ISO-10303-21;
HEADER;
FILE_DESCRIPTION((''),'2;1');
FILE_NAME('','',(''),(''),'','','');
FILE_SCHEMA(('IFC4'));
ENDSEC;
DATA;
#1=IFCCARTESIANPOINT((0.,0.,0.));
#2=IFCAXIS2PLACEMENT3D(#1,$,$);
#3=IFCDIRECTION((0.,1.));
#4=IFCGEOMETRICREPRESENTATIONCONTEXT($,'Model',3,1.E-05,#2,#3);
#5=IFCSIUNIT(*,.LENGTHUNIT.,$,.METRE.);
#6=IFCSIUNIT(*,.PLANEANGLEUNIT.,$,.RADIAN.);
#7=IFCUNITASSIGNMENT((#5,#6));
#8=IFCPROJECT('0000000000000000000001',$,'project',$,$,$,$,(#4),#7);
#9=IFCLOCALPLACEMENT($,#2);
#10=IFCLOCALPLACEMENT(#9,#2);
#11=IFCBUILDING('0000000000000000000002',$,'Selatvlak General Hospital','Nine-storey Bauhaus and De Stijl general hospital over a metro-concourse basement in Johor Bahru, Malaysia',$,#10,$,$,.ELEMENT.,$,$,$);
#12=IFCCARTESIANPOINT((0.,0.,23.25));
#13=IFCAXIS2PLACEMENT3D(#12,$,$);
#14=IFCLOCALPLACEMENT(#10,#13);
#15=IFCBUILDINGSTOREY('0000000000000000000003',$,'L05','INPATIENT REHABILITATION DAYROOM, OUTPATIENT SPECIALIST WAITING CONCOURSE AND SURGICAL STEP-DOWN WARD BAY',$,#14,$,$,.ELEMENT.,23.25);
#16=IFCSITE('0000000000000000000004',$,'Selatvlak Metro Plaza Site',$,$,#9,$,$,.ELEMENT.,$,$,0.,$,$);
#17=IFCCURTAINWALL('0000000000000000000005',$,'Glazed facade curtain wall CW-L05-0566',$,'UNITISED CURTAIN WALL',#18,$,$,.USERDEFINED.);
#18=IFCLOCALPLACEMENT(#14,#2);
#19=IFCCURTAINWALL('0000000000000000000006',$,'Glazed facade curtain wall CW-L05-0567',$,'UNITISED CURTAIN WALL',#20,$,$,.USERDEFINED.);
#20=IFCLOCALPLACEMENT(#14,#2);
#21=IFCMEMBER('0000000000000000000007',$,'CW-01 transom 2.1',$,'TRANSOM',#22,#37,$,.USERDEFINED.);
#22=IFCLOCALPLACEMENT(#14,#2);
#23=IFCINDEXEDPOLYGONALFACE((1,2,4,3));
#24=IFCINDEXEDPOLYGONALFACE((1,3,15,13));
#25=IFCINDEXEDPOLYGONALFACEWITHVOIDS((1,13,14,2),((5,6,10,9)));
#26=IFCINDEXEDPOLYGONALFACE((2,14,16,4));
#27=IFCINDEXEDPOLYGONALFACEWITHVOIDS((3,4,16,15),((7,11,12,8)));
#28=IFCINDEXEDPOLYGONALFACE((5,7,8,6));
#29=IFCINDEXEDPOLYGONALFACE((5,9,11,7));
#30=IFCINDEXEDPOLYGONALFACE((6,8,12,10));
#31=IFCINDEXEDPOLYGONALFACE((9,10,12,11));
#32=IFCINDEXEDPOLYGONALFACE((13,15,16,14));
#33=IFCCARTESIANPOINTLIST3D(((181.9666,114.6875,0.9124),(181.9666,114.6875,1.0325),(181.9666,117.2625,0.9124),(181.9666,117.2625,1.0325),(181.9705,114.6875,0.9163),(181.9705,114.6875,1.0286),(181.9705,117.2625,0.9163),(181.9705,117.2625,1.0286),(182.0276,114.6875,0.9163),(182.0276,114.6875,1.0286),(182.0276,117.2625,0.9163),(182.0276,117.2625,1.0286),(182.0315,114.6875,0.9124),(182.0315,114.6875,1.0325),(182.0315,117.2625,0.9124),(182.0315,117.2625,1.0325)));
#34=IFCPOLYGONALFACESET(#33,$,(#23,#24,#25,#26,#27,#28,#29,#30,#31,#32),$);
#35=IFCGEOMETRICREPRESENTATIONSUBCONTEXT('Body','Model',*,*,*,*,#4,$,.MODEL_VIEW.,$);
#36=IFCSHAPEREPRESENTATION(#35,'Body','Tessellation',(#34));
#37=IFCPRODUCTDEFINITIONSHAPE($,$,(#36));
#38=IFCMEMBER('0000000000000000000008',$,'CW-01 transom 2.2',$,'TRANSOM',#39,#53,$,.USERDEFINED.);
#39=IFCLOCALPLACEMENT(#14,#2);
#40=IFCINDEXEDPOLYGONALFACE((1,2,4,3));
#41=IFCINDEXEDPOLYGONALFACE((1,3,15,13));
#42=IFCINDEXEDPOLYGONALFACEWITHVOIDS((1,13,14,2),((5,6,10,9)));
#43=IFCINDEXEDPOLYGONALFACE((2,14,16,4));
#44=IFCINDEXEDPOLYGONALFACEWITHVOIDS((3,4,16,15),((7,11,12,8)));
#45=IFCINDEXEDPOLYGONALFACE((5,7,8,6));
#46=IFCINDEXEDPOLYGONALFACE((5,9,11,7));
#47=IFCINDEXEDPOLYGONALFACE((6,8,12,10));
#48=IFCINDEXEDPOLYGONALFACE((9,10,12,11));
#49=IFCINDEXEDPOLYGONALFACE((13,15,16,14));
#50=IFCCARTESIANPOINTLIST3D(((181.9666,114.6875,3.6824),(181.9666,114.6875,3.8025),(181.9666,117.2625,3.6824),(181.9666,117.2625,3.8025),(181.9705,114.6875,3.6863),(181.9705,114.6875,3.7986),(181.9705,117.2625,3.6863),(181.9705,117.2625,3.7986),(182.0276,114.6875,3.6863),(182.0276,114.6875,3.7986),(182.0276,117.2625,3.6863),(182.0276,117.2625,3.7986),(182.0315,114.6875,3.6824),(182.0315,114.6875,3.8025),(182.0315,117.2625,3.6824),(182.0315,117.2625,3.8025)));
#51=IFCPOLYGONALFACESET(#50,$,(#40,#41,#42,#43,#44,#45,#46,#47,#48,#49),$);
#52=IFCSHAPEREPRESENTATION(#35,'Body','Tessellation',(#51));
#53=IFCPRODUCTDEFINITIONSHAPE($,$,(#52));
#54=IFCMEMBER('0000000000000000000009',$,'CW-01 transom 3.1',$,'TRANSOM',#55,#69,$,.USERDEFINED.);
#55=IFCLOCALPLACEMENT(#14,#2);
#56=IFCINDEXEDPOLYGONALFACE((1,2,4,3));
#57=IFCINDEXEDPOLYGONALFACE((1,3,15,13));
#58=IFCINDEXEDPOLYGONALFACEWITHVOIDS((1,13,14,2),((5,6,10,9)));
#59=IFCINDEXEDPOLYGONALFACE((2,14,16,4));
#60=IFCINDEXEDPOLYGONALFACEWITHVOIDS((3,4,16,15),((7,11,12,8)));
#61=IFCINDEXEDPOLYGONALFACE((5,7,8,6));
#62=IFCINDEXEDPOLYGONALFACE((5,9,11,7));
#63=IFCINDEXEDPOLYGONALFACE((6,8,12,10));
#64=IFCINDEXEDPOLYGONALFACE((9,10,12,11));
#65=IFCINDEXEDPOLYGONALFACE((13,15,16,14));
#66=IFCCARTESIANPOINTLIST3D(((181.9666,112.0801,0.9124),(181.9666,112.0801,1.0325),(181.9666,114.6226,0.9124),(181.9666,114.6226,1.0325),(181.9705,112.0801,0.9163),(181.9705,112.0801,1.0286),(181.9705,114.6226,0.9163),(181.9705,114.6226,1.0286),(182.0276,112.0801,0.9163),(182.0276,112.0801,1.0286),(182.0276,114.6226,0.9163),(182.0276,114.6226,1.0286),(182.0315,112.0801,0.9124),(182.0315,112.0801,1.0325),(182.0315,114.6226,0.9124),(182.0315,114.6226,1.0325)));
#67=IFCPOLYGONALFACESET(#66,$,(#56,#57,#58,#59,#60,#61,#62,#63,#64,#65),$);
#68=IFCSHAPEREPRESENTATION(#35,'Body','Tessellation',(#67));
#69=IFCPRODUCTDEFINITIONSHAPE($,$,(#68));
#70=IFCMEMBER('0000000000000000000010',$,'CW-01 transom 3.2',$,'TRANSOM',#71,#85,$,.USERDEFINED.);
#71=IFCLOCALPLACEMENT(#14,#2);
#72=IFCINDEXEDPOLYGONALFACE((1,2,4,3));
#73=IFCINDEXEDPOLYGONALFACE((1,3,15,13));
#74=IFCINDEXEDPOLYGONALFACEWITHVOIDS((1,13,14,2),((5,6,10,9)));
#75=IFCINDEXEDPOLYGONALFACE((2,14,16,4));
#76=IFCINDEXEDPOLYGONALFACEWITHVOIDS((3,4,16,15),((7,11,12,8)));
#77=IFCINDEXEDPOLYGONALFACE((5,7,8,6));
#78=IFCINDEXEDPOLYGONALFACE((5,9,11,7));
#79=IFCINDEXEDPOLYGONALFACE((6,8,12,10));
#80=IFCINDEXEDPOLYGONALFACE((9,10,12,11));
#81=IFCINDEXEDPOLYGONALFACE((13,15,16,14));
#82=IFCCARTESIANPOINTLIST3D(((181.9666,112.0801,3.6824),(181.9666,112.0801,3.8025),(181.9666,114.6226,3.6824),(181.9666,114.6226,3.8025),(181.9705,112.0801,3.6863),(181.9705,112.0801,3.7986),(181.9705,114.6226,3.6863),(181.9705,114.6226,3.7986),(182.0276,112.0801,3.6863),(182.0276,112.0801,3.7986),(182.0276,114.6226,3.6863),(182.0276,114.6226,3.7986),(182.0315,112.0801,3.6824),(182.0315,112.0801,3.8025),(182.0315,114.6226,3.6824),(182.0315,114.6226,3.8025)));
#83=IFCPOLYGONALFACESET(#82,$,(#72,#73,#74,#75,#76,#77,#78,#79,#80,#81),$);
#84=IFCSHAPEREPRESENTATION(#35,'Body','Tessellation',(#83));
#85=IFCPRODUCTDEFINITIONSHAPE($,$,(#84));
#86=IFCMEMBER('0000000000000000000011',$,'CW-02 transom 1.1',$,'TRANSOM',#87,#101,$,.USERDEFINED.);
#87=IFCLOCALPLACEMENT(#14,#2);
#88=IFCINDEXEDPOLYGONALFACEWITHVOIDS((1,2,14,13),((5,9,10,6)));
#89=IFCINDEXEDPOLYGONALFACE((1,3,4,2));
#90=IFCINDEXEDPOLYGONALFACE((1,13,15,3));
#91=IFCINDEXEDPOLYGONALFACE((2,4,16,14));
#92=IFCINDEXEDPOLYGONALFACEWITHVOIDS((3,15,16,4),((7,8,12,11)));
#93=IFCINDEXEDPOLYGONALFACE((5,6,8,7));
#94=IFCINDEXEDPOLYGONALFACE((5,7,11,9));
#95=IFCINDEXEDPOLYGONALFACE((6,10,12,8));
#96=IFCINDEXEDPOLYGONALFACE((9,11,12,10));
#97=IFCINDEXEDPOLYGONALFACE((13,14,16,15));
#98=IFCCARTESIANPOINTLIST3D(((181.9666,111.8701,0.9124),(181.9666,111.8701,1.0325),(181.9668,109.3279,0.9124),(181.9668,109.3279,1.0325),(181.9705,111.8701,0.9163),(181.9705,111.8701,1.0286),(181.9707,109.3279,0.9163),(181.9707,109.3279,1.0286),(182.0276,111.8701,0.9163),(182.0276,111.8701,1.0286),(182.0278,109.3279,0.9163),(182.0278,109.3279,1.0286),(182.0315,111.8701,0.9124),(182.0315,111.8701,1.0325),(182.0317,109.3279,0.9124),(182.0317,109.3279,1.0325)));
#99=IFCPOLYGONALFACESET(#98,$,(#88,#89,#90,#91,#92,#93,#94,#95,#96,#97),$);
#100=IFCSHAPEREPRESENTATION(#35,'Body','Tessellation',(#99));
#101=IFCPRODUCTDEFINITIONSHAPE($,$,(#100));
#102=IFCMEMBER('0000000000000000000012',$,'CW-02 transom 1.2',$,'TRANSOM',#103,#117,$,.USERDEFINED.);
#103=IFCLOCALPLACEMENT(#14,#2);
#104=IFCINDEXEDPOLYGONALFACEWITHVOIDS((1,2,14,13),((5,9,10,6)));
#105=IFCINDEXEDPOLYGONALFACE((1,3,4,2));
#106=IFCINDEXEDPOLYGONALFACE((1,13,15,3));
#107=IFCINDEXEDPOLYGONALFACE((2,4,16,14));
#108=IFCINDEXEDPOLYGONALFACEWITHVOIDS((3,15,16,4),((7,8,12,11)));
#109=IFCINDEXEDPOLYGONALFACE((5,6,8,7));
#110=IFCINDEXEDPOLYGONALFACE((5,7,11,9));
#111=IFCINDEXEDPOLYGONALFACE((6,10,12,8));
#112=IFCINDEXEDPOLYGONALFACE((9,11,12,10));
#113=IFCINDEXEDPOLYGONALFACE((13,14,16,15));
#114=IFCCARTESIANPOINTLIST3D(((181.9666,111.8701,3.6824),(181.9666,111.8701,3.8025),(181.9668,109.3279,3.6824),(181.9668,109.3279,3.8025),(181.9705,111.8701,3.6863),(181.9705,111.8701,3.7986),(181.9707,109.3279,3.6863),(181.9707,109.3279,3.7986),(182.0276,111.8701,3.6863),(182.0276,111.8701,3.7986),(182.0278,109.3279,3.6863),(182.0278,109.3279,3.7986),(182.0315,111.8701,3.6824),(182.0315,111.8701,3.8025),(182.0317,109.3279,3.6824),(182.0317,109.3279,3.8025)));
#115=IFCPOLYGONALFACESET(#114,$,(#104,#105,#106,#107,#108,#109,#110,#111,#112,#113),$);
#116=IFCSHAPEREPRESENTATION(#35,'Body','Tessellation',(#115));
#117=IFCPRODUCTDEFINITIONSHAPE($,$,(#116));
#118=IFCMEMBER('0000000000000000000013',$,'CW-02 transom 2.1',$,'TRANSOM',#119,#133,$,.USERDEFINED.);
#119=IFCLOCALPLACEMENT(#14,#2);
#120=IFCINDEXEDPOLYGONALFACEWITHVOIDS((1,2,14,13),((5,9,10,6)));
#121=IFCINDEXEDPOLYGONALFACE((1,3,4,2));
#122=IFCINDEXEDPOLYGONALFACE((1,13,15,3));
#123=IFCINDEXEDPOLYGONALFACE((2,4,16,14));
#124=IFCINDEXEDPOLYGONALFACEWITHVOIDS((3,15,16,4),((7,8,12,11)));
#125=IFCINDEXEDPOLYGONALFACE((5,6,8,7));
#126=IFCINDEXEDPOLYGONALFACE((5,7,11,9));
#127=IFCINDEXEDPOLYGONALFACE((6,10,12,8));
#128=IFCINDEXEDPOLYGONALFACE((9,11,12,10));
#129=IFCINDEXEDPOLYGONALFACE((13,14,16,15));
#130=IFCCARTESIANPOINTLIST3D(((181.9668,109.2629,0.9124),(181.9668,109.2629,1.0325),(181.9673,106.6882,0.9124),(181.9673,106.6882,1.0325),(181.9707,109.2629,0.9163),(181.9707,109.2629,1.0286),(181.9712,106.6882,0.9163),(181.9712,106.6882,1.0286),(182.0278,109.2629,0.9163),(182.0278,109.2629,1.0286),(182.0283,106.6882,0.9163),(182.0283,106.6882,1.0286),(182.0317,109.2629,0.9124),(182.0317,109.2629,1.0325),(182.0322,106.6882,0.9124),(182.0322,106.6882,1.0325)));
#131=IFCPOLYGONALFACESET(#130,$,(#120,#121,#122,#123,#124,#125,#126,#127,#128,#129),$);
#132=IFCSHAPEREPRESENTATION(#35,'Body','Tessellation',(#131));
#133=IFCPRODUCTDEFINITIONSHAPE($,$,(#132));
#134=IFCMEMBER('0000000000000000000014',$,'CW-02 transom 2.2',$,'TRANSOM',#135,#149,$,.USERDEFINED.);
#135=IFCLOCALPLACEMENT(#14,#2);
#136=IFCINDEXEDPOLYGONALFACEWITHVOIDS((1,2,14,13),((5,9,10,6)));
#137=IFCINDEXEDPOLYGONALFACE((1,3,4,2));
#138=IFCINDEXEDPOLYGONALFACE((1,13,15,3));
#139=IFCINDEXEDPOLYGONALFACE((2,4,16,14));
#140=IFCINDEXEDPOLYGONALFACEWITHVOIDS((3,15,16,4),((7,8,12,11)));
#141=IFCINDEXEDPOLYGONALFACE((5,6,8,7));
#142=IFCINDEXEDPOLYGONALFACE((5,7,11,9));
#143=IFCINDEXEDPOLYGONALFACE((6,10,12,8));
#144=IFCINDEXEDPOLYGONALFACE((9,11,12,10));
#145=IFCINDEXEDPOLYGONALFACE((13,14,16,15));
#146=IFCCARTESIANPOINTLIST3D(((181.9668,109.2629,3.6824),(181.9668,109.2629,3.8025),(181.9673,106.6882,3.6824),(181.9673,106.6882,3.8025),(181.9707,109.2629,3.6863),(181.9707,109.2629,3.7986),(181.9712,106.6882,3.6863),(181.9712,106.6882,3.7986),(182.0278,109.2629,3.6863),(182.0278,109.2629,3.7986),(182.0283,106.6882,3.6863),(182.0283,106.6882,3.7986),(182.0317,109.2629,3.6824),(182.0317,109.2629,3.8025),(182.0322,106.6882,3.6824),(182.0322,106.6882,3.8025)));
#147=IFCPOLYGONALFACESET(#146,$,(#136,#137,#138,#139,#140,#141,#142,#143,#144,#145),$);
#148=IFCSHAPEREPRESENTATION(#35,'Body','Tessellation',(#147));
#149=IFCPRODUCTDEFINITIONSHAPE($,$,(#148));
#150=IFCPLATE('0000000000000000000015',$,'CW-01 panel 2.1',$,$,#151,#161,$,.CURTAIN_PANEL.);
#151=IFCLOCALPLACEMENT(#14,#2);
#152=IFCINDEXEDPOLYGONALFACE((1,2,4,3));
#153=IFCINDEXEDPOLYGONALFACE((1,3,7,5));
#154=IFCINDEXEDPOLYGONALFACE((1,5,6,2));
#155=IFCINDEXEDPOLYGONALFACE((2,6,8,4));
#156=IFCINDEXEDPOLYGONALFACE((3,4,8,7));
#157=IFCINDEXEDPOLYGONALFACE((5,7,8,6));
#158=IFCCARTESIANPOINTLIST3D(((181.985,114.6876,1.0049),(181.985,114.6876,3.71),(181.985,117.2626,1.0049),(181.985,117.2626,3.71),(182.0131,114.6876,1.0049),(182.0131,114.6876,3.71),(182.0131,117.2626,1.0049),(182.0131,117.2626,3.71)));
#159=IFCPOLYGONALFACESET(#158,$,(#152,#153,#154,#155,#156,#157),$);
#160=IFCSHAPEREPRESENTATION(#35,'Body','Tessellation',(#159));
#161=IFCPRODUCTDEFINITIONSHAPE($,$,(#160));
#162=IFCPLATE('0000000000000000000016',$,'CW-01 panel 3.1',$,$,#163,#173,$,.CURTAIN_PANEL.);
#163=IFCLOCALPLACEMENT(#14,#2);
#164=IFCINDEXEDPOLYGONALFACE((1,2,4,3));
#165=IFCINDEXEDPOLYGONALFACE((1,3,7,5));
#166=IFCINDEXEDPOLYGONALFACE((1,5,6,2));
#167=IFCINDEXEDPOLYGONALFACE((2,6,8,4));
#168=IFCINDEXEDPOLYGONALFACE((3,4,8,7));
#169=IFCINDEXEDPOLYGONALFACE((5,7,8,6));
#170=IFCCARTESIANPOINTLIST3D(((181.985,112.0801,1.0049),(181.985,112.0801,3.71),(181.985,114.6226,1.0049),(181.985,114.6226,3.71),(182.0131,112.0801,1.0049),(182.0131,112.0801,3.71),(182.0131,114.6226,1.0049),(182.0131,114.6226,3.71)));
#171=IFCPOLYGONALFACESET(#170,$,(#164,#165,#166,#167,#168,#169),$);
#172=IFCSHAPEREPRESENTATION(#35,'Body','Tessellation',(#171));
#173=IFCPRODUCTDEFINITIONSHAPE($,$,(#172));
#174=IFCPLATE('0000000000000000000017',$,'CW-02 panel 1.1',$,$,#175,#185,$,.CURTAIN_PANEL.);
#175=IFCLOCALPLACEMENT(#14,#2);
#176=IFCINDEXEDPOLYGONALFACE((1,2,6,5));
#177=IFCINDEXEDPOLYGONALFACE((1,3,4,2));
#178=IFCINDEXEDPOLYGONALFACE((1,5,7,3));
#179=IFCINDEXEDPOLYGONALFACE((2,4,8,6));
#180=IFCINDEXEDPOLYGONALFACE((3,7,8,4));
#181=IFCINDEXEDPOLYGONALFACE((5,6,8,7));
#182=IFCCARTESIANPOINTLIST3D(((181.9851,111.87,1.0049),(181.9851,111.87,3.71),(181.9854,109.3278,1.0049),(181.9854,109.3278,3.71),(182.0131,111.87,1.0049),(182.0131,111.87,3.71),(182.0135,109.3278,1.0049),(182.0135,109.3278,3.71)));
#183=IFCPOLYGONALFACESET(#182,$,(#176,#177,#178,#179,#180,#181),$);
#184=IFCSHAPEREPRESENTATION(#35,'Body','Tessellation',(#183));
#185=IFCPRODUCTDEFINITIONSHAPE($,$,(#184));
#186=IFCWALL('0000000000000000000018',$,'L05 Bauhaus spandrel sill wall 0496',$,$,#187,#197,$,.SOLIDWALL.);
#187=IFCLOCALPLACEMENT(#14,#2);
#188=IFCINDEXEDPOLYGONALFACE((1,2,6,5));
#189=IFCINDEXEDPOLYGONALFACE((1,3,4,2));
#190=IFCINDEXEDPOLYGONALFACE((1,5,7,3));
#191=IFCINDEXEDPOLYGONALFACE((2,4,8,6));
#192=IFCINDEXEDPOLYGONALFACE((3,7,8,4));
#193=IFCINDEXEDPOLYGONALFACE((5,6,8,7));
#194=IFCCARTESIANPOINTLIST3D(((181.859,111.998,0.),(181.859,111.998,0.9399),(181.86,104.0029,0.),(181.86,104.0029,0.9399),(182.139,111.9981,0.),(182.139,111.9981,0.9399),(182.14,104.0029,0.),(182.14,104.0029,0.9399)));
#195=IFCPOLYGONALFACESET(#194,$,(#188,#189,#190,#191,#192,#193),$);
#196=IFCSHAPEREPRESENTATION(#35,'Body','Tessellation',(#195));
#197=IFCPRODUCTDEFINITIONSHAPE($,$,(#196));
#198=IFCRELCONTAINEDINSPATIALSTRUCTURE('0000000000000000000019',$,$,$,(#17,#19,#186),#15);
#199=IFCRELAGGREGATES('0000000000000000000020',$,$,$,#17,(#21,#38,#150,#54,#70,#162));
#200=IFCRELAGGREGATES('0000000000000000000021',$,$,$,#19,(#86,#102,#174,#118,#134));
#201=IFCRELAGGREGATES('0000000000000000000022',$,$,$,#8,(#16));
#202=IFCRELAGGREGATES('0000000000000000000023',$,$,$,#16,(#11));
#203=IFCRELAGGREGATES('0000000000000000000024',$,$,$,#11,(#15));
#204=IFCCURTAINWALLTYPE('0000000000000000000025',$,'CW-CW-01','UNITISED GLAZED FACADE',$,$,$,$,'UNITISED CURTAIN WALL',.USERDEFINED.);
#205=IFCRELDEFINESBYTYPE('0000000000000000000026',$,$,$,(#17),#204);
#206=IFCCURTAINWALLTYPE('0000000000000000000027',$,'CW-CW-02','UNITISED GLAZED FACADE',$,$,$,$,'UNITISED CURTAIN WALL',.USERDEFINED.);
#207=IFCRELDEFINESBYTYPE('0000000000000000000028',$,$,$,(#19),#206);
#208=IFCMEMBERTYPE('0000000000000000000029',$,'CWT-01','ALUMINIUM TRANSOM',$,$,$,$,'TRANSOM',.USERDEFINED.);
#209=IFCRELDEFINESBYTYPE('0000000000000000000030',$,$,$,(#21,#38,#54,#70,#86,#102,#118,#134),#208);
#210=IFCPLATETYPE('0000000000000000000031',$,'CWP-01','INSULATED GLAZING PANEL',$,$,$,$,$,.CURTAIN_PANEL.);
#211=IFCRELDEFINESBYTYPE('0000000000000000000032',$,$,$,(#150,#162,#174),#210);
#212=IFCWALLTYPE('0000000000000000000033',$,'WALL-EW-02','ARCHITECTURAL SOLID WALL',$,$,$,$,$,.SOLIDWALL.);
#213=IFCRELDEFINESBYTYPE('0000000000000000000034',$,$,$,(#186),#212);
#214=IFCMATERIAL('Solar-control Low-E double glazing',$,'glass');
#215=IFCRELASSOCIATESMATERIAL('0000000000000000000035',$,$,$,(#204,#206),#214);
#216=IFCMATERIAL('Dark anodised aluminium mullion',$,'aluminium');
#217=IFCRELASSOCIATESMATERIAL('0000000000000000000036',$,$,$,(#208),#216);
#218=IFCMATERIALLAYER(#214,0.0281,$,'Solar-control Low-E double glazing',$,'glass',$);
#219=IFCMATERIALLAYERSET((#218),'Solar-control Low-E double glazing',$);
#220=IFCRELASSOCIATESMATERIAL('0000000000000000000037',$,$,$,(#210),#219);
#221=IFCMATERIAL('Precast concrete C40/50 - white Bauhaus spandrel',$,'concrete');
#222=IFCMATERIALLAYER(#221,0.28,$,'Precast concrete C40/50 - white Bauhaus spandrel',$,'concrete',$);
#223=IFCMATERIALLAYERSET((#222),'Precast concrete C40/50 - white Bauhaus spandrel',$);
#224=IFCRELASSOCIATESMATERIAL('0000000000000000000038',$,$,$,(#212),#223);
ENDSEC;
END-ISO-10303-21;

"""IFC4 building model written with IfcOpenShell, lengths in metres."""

from ifc_helpers import new_model, si_unit, direction, frame, frame_2d, origin, origin_2d, place, context, subcontext, project, spatial, rectangle, hollow_rectangle, extrude, material, layer, layer_set, material_profile, profile_set, type_object, element, aggregate, save


model = new_model("IFC4")

# Units and contexts
model_context = context("Model", 3, precision=1e-05, world=origin(), true_north=direction((0.0, 1.0)))
body_context = subcontext(model_context, "Body", "Model", "MODEL_VIEW")
ifc_project = project(units=[si_unit("LENGTHUNIT", "METRE"), si_unit("PLANEANGLEUNIT", "RADIAN")], contexts=[model_context])

# Site, building, storey
site_placement = place(None, origin())
site = spatial("IfcSite", under=ifc_project, at=site_placement, Name="Selatvlak Metro Plaza Site", CompositionType="ELEMENT", RefElevation=0.0)
building_placement = place(site_placement, origin())
building = spatial("IfcBuilding", under=site, at=building_placement, Name="Selatvlak General Hospital", Description="Nine-storey Bauhaus and De Stijl general hospital over a metro-concourse basement in Johor Bahru, Malaysia", CompositionType="ELEMENT")
storey_placement = place(building_placement, frame((0.0, 0.0, 23.25)))
storey = spatial("IfcBuildingStorey", under=building, at=storey_placement, Name="L05", Description="INPATIENT REHABILITATION DAYROOM, OUTPATIENT SPECIALIST WAITING CONCOURSE AND SURGICAL STEP-DOWN WARD BAY", CompositionType="ELEMENT", Elevation=23.25)

# Curtain walls
ifc_material_1 = material(Name="Solar-control Low-E double glazing", Category="glass")
curtain_wall_type_1 = type_object("IfcCurtainWallType", Name="CW-CW-01", Description="UNITISED GLAZED FACADE", ElementType="UNITISED CURTAIN WALL", PredefinedType="USERDEFINED", material=ifc_material_1)
curtain_wall_1_placement = place(storey_placement, origin())
curtain_wall_1 = element("IfcCurtainWall", 1, at=curtain_wall_1_placement, inside=storey, type_object=curtain_wall_type_1, Name="Glazed facade curtain wall CW-L05-0566", ObjectType="UNITISED CURTAIN WALL", PredefinedType="USERDEFINED")
ifc_material_2 = material(Name="Dark anodised aluminium mullion", Category="aluminium")
curtain_wall_type_2 = type_object("IfcCurtainWallType", Name="CW-CW-02", Description="UNITISED GLAZED FACADE", ElementType="UNITISED CURTAIN WALL", PredefinedType="USERDEFINED", material=ifc_material_1)
curtain_wall_2_placement = place(storey_placement, origin())
curtain_wall_2 = element("IfcCurtainWall", 2, at=curtain_wall_2_placement, inside=storey, type_object=curtain_wall_type_2, Name="Glazed facade curtain wall CW-L05-0567", ObjectType="UNITISED CURTAIN WALL", PredefinedType="USERDEFINED")

# Members
ifc_material_profile_1 = material_profile(ifc_material_2, hollow_rectangle(XDim=0.0649, YDim=0.1201, WallThickness=0.0039, at=origin_2d()), Name="AL-TRN 65x120x4")
ifc_profile_set_1 = profile_set([ifc_material_profile_1], Name="Dark anodised aluminium mullion")
member_type_1 = type_object("IfcMemberType", Name="CWT-01", Description="ALUMINIUM TRANSOM", ElementType="TRANSOM", PredefinedType="USERDEFINED", material=ifc_profile_set_1)
member_1_placement = place(storey_placement, frame((181.999, 117.2625, 0.9724), z_axis=(0.0, -1.0, 0.0), x_axis=(1.0, 0.0, 0.0)))
member_1 = element("IfcMember", 3, at=member_1_placement, type_object=member_type_1, Name="CW-01 transom 2.1", ObjectType="TRANSOM", PredefinedType="USERDEFINED", context=body_context, shape_type="SweptSolid", body=[
    extrude(hollow_rectangle(XDim=0.0649, YDim=0.1201, WallThickness=0.0039, at=origin_2d()), origin(), (0.0, 0.0, 1.0), 2.575),
])
member_2_placement = place(storey_placement, frame((181.999, 117.2625, 3.7424), z_axis=(0.0, -1.0, 0.0), x_axis=(1.0, 0.0, 0.0)))
member_2 = element("IfcMember", 4, at=member_2_placement, type_object=member_type_1, Name="CW-01 transom 2.2", ObjectType="TRANSOM", PredefinedType="USERDEFINED", context=body_context, shape_type="SweptSolid", body=[
    extrude(hollow_rectangle(XDim=0.0649, YDim=0.1201, WallThickness=0.0039, at=origin_2d()), origin(), (0.0, 0.0, 1.0), 2.575),
])
member_3_placement = place(storey_placement, frame((181.999, 114.6226, 0.9724), z_axis=(0.0, -1.0, 0.0), x_axis=(1.0, 0.0, 0.0)))
member_3 = element("IfcMember", 5, at=member_3_placement, type_object=member_type_1, Name="CW-01 transom 3.1", ObjectType="TRANSOM", PredefinedType="USERDEFINED", context=body_context, shape_type="SweptSolid", body=[
    extrude(hollow_rectangle(XDim=0.0649, YDim=0.1201, WallThickness=0.0039, at=origin_2d()), origin(), (0.0, 0.0, 1.0), 2.5425),
])
member_4_placement = place(storey_placement, frame((181.999, 114.6226, 3.7424), z_axis=(0.0, -1.0, 0.0), x_axis=(1.0, 0.0, 0.0)))
member_4 = element("IfcMember", 6, at=member_4_placement, type_object=member_type_1, Name="CW-01 transom 3.2", ObjectType="TRANSOM", PredefinedType="USERDEFINED", context=body_context, shape_type="SweptSolid", body=[
    extrude(hollow_rectangle(XDim=0.0649, YDim=0.1201, WallThickness=0.0039, at=origin_2d()), origin(), (0.0, 0.0, 1.0), 2.5425),
])
member_5_placement = place(storey_placement, frame((181.999, 111.8701, 0.9724), z_axis=(0.000096, -1.0, 0.0), x_axis=(1.0, 0.000096, 0.0)))
member_5 = element("IfcMember", 7, at=member_5_placement, type_object=member_type_1, Name="CW-02 transom 1.1", ObjectType="TRANSOM", PredefinedType="USERDEFINED", context=body_context, shape_type="SweptSolid", body=[
    extrude(hollow_rectangle(XDim=0.0649, YDim=0.1201, WallThickness=0.0039, at=origin_2d()), origin(), (0.0, 0.0, 1.0), 2.5422),
])
member_6_placement = place(storey_placement, frame((181.999, 111.8701, 3.7424), z_axis=(0.000096, -1.0, 0.0), x_axis=(1.0, 0.000096, 0.0)))
member_6 = element("IfcMember", 8, at=member_6_placement, type_object=member_type_1, Name="CW-02 transom 1.2", ObjectType="TRANSOM", PredefinedType="USERDEFINED", context=body_context, shape_type="SweptSolid", body=[
    extrude(hollow_rectangle(XDim=0.0649, YDim=0.1201, WallThickness=0.0039, at=origin_2d()), origin(), (0.0, 0.0, 1.0), 2.5422),
])
member_7_placement = place(storey_placement, frame((181.9993, 109.2629, 0.9724), z_axis=(0.00019, -1.0, 0.0), x_axis=(1.0, 0.00019, 0.0)))
member_7 = element("IfcMember", 9, at=member_7_placement, type_object=member_type_1, Name="CW-02 transom 2.1", ObjectType="TRANSOM", PredefinedType="USERDEFINED", context=body_context, shape_type="SweptSolid", body=[
    extrude(hollow_rectangle(XDim=0.0649, YDim=0.1201, WallThickness=0.0039, at=origin_2d()), origin(), (0.0, 0.0, 1.0), 2.5747),
])
member_8_placement = place(storey_placement, frame((181.9993, 109.2629, 3.7424), z_axis=(0.00019, -1.0, 0.0), x_axis=(1.0, 0.00019, 0.0)))
member_8 = element("IfcMember", 10, at=member_8_placement, type_object=member_type_1, Name="CW-02 transom 2.2", ObjectType="TRANSOM", PredefinedType="USERDEFINED", context=body_context, shape_type="SweptSolid", body=[
    extrude(hollow_rectangle(XDim=0.0649, YDim=0.1201, WallThickness=0.0039, at=origin_2d()), origin(), (0.0, 0.0, 1.0), 2.5747),
])

# Plates
ifc_layer_1 = layer(ifc_material_1, 0.0281, Name="Solar-control Low-E double glazing", Category="glass")
ifc_layer_set_1 = layer_set([ifc_layer_1], Name="Solar-control Low-E double glazing")
plate_type = type_object("IfcPlateType", Name="CWP-01", Description="INSULATED GLAZING PANEL", PredefinedType="CURTAIN_PANEL", material=ifc_layer_set_1)
plate_1_placement = place(storey_placement, frame((181.999, 115.9751, 1.0049), z_axis=(0.0, 0.0, 1.0), x_axis=(0.0, -1.0, 0.0)))
plate_1 = element("IfcPlate", 11, at=plate_1_placement, type_object=plate_type, Name="CW-01 panel 2.1", PredefinedType="CURTAIN_PANEL", context=body_context, shape_type="SweptSolid", body=[
    extrude(rectangle(XDim=2.575, YDim=0.0281, at=origin_2d()), origin(), (0.0, 0.0, 1.0), 2.7051),
])
plate_2_placement = place(storey_placement, frame((181.999, 113.3513, 1.0049), z_axis=(0.0, 0.0, 1.0), x_axis=(0.0, -1.0, 0.0)))
plate_2 = element("IfcPlate", 12, at=plate_2_placement, type_object=plate_type, Name="CW-01 panel 3.1", PredefinedType="CURTAIN_PANEL", context=body_context, shape_type="SweptSolid", body=[
    extrude(rectangle(XDim=2.5425, YDim=0.0281, at=origin_2d()), origin(), (0.0, 0.0, 1.0), 2.7051),
])
aggregate(curtain_wall_1, [member_1, member_2, plate_1, member_3, member_4, plate_2])
plate_3_placement = place(storey_placement, frame((181.9993, 110.5989, 1.0049), z_axis=(0.0, 0.0, 1.0), x_axis=(0.000126, -1.0, 0.0)))
plate_3 = element("IfcPlate", 13, at=plate_3_placement, type_object=plate_type, Name="CW-02 panel 1.1", PredefinedType="CURTAIN_PANEL", context=body_context, shape_type="SweptSolid", body=[
    extrude(rectangle(XDim=2.5422, YDim=0.0281, at=origin_2d()), origin(), (0.0, 0.0, 1.0), 2.7051),
])
aggregate(curtain_wall_2, [member_5, member_6, plate_3, member_7, member_8])

# Wall
ifc_material_3 = material(Name="Precast concrete C40/50 - white Bauhaus spandrel", Category="concrete")
ifc_layer_2 = layer(ifc_material_3, 0.28, Name="Precast concrete C40/50 - white Bauhaus spandrel", Category="concrete")
ifc_layer_set_2 = layer_set([ifc_layer_2], Name="Precast concrete C40/50 - white Bauhaus spandrel")
wall_type_1 = type_object("IfcWallType", Name="WALL-EW-02", Description="ARCHITECTURAL SOLID WALL", PredefinedType="SOLIDWALL", material=ifc_layer_set_2)
wall_1_placement = place(storey_placement, frame((181.999, 111.998, 0.0), z_axis=(0.0, 0.0, 1.0), x_axis=(0.000122, -1.0, 0.0)))
element("IfcWall", 14, at=wall_1_placement, inside=storey, type_object=wall_type_1, Name="L05 Bauhaus spandrel sill wall 0496", PredefinedType="SOLIDWALL", context=body_context, shape_type="SweptSolid", body=[
    extrude(rectangle(XDim=7.9951, YDim=0.28, at=frame_2d((3.9976, 0.0))), origin(), (0.0, 0.0, 1.0), 0.9399),
])

save(model, "model.ifc")
